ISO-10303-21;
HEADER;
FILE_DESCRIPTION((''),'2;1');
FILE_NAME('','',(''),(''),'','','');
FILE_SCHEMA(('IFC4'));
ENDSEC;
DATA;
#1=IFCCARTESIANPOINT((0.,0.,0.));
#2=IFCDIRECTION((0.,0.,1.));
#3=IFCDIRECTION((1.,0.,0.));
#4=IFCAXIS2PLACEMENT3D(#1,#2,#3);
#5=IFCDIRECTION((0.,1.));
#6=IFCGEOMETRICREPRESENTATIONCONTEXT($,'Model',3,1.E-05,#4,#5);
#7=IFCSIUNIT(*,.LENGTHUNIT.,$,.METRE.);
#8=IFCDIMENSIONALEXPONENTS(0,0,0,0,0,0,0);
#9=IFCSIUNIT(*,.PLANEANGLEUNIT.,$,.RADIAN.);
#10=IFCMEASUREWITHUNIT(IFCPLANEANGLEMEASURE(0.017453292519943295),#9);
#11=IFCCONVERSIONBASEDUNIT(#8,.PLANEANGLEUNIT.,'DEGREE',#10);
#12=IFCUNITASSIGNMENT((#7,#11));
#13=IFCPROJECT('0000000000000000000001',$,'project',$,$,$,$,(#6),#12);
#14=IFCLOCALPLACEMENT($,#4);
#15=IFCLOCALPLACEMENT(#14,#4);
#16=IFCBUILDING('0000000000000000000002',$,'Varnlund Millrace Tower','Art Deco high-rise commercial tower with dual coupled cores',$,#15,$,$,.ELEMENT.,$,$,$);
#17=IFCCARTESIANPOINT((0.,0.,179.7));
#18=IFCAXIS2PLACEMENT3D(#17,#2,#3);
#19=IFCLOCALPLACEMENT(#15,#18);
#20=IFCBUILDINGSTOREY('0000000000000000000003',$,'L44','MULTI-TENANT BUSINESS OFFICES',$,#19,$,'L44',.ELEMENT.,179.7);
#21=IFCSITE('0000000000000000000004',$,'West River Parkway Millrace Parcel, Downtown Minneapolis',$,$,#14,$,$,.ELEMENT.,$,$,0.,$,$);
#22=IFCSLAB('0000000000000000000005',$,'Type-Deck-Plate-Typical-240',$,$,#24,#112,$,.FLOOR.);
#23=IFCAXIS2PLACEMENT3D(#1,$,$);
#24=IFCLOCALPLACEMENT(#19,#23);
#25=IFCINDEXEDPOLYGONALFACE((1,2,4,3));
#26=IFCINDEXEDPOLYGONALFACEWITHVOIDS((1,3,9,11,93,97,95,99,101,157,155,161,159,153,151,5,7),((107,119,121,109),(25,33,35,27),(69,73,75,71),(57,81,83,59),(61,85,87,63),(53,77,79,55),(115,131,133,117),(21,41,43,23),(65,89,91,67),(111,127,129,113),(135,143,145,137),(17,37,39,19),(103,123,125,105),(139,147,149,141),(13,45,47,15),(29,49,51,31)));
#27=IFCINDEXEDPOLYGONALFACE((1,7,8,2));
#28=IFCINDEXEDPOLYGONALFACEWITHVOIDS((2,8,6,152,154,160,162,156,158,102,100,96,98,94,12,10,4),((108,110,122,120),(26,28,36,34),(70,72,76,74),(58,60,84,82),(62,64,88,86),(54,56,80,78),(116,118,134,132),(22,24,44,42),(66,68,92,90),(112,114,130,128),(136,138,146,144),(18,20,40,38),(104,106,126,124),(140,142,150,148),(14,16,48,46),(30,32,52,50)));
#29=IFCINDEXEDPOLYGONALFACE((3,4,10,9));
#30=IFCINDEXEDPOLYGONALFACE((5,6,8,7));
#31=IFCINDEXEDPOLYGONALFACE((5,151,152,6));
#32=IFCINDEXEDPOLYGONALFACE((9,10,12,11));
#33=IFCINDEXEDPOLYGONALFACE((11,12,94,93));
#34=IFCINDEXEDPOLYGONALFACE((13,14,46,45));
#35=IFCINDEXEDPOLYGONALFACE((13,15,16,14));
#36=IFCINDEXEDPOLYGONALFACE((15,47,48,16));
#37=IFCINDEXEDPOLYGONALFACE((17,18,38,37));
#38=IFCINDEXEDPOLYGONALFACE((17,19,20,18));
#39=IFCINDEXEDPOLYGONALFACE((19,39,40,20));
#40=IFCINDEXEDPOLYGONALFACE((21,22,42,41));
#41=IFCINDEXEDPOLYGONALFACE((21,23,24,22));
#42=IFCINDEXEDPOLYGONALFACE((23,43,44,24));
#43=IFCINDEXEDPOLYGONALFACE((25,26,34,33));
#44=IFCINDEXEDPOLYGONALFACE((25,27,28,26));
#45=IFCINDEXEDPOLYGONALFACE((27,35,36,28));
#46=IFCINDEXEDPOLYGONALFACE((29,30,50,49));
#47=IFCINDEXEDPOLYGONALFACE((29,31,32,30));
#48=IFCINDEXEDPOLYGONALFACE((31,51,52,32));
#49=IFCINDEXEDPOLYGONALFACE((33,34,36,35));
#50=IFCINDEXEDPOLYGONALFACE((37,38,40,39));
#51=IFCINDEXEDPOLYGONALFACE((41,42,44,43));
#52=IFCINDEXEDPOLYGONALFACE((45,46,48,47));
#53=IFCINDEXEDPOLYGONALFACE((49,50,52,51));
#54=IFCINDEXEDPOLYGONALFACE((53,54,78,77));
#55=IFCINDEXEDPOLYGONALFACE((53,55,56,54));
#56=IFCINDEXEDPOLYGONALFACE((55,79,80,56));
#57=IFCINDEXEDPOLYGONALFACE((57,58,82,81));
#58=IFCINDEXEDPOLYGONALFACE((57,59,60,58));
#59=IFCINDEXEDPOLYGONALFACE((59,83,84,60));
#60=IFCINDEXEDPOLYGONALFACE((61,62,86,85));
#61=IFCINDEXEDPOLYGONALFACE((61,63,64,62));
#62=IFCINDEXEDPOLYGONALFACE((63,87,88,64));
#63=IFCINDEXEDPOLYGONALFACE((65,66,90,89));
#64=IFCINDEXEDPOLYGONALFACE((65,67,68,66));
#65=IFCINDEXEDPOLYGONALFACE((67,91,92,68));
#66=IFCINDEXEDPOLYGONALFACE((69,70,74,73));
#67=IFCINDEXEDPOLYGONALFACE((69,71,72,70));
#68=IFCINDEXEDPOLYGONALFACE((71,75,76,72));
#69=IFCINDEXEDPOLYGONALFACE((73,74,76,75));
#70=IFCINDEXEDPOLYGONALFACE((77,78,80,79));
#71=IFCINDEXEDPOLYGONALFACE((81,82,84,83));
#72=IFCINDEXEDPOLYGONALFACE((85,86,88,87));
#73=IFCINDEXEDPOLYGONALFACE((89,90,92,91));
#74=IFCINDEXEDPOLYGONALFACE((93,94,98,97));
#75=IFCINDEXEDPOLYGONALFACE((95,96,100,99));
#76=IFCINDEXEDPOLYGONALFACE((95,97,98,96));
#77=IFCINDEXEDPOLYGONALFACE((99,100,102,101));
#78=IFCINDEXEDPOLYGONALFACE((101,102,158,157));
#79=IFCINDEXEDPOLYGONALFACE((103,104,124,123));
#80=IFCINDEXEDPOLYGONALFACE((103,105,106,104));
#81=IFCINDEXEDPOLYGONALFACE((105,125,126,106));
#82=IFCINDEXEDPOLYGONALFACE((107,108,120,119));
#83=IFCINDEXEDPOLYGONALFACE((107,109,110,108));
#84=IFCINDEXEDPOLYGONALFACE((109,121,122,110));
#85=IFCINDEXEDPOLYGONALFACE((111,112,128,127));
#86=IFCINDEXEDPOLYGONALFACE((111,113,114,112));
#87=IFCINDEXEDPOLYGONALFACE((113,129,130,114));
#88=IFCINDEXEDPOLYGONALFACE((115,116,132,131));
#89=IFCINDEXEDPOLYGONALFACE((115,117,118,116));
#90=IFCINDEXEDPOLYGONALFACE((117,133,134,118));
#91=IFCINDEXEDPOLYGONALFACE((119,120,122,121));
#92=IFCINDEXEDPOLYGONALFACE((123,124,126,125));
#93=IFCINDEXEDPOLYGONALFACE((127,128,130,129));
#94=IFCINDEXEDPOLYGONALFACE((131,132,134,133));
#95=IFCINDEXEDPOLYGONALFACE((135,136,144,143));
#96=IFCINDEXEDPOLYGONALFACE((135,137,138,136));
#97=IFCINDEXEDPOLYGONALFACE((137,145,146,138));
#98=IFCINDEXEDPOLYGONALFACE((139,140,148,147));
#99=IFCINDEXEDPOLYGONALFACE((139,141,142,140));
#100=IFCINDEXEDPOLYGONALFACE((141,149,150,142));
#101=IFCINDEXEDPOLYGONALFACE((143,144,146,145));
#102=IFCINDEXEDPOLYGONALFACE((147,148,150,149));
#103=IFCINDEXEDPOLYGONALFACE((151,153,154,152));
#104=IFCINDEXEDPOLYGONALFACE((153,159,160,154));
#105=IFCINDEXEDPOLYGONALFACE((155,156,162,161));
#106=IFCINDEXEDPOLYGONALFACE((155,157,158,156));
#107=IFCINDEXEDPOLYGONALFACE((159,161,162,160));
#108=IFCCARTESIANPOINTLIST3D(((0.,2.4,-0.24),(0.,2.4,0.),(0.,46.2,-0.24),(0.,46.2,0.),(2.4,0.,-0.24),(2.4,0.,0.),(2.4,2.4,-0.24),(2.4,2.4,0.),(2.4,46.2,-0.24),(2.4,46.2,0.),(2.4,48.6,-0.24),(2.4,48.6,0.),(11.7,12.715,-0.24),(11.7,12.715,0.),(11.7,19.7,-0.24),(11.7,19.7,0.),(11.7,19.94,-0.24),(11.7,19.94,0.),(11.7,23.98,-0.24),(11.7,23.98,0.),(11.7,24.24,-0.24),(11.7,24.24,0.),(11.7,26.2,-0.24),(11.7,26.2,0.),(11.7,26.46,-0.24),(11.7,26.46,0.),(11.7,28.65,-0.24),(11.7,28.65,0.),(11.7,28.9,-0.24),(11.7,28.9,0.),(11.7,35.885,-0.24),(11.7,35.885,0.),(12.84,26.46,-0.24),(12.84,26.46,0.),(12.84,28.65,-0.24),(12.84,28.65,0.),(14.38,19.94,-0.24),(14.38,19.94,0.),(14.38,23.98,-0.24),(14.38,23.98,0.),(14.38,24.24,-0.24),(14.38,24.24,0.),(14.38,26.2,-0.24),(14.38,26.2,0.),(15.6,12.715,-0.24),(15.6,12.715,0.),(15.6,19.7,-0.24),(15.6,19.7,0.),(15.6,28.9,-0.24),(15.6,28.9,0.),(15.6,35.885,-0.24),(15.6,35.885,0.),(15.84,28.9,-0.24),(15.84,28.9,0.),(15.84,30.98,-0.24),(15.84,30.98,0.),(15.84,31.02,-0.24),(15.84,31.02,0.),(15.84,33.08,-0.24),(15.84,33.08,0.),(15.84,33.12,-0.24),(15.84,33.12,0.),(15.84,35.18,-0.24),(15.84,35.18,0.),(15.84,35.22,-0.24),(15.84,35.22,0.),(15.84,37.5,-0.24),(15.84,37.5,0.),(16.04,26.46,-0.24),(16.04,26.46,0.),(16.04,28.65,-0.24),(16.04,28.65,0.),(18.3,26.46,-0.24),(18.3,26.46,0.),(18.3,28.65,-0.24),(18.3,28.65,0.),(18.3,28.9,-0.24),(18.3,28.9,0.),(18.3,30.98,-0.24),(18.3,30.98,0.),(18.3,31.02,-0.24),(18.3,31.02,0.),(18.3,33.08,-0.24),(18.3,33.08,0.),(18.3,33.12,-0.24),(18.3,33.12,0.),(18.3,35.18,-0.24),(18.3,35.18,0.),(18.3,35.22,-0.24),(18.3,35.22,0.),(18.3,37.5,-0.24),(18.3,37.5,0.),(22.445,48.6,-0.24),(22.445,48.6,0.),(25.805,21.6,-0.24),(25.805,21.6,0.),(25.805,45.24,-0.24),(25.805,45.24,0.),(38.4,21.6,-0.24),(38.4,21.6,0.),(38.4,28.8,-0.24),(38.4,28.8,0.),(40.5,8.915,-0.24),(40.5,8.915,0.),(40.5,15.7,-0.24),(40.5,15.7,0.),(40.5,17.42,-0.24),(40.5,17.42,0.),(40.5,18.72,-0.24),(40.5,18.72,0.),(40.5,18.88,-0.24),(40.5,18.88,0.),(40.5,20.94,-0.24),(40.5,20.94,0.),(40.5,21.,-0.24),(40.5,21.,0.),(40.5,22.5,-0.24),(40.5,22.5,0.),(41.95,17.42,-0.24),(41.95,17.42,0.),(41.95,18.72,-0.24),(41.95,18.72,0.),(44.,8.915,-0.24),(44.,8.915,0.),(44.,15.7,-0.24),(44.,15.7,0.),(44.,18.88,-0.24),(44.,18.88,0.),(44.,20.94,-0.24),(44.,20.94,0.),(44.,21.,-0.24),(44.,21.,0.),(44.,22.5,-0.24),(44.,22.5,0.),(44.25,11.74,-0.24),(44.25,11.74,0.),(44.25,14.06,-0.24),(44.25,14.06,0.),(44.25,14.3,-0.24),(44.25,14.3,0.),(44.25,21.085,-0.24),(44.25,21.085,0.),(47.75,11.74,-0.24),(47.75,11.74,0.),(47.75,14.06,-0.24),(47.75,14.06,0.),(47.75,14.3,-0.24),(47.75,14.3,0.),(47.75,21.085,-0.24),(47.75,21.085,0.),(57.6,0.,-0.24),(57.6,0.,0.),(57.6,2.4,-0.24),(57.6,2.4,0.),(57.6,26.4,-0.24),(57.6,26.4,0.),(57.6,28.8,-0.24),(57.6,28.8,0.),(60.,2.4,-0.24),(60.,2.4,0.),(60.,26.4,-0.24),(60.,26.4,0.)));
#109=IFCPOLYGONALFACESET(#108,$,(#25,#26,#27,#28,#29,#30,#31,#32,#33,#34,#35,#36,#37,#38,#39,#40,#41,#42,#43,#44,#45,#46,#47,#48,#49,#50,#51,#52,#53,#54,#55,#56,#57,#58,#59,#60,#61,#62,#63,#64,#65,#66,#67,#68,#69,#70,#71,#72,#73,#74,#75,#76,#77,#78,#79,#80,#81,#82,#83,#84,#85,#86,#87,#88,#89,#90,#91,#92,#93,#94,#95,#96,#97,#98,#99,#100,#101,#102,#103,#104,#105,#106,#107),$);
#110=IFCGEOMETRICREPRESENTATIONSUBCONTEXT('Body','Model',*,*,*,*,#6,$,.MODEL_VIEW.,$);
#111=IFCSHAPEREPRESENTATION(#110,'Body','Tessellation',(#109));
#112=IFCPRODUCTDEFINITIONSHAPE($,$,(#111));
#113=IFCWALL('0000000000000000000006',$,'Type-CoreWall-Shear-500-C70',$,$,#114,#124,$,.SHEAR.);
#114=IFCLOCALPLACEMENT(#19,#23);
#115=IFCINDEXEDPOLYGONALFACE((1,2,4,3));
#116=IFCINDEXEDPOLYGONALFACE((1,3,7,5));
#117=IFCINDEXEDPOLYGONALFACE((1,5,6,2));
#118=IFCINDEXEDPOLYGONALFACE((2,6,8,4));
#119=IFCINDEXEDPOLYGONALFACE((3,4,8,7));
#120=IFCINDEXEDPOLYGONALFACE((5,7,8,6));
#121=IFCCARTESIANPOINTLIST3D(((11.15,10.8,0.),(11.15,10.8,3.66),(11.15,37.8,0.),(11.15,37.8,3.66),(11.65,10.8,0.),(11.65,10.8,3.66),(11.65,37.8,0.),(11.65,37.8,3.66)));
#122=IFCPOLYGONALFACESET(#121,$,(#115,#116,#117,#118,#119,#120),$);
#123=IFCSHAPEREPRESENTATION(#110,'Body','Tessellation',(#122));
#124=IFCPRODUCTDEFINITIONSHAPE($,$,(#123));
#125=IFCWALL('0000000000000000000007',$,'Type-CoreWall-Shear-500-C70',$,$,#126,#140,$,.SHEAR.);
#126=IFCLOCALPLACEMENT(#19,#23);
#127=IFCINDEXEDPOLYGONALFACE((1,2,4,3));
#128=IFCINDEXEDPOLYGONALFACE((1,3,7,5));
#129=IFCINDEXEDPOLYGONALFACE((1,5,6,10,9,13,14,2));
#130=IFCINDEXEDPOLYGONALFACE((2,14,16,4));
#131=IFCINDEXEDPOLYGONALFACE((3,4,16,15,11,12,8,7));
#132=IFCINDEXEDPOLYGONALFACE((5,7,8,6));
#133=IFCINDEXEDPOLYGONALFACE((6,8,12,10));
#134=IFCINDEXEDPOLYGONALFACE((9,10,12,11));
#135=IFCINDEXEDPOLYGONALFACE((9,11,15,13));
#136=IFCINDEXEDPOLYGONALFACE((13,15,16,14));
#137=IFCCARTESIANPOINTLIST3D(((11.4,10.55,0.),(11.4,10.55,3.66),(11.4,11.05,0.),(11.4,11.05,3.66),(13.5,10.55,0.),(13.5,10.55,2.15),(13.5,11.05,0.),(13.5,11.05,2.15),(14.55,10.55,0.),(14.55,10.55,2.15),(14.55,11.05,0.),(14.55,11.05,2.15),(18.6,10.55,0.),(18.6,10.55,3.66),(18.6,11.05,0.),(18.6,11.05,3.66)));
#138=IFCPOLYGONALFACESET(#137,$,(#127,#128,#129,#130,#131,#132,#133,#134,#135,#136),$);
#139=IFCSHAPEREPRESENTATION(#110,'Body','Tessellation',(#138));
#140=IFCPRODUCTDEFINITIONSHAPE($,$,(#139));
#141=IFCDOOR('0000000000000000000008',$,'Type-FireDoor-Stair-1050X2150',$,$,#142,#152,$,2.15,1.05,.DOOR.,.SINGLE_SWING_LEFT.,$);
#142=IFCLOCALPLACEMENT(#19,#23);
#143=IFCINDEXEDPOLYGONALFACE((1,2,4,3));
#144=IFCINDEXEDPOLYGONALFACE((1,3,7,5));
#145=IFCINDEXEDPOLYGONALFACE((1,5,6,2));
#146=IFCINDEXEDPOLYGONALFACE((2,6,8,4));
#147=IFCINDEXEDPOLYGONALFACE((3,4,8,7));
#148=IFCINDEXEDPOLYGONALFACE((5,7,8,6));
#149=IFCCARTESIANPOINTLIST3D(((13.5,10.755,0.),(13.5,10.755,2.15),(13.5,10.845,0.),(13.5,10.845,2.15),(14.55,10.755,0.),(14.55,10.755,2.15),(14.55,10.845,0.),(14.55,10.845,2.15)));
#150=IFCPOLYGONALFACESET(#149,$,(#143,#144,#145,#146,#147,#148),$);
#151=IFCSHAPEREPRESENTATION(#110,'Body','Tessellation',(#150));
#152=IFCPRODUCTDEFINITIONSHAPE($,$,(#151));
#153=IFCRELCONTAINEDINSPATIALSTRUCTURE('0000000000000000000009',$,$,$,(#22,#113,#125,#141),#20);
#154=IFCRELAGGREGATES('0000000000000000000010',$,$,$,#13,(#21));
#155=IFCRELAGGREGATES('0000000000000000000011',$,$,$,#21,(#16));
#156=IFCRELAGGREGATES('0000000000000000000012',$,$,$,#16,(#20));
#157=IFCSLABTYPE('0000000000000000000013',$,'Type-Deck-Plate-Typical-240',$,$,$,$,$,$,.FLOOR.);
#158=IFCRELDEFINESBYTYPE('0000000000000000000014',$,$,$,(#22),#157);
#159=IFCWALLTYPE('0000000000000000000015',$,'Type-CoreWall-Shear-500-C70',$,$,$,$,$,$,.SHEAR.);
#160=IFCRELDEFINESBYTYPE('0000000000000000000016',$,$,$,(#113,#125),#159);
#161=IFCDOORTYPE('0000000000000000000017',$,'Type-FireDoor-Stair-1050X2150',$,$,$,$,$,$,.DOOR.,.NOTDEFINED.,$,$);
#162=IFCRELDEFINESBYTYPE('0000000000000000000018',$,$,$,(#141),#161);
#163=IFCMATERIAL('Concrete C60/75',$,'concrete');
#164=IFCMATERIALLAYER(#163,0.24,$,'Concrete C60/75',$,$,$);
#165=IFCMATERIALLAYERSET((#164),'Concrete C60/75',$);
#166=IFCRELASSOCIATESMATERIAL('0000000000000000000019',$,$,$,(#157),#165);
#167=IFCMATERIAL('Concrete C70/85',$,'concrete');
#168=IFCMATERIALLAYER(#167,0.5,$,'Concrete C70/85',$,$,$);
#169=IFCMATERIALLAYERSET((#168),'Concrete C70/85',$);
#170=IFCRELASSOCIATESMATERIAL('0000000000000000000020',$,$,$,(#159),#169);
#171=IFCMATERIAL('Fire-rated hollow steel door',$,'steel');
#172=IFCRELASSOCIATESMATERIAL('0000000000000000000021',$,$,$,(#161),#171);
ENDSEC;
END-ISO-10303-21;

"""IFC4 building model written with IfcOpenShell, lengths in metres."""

from ifc_helpers import new_model, entity, si_unit, converted_unit, direction, frame, origin_with_axes, origin_2d_with_axis, place, context, subcontext, project, spatial, polyline, rectangle, outline, extrude, material, layer, layer_set, type_object, element, fill, save


model = new_model("IFC4")

# Units and contexts
model_context = context("Model", 3, precision=1e-05, world=origin_with_axes(), true_north=direction((0.0, 1.0)))
body_context = subcontext(model_context, "Body", "Model", "MODEL_VIEW")
ifc_project = project(units=[si_unit("LENGTHUNIT", "METRE"), converted_unit("PLANEANGLEUNIT", "DEGREE", entity("IfcPlaneAngleMeasure", 0.017453292519943295), si_unit("PLANEANGLEUNIT", "RADIAN"), dimensions=[0, 0, 0, 0, 0, 0, 0])], contexts=[model_context])

# Site, building, storey
site_placement = place(None, origin_with_axes())
site = spatial("IfcSite", under=ifc_project, at=site_placement, Name="West River Parkway Millrace Parcel, Downtown Minneapolis", CompositionType="ELEMENT", RefElevation=0.0)
building_placement = place(site_placement, origin_with_axes())
building = spatial("IfcBuilding", under=site, at=building_placement, Name="Varnlund Millrace Tower", Description="Art Deco high-rise commercial tower with dual coupled cores", CompositionType="ELEMENT")
storey_placement = place(building_placement, frame((0.0, 0.0, 179.7), z_axis=(0.0, 0.0, 1.0), x_axis=(1.0, 0.0, 0.0)))
storey = spatial("IfcBuildingStorey", under=building, at=storey_placement, Name="L44", Description="MULTI-TENANT BUSINESS OFFICES", LongName="L44", CompositionType="ELEMENT", Elevation=179.7)

# Slab
ifc_material_1 = material(Name="Concrete C60/75", Category="concrete")
ifc_layer_1 = layer(ifc_material_1, 0.24, Name="Concrete C60/75")
ifc_layer_set_1 = layer_set([ifc_layer_1], Name="Concrete C60/75")
slab_type = type_object("IfcSlabType", Name="Type-Deck-Plate-Typical-240", PredefinedType="FLOOR", material=ifc_layer_set_1)
slab_placement = place(storey_placement, frame((0.0, 0.0, -0.24), z_axis=(0.0, 0.0, 1.0), x_axis=(1.0, 0.0, 0.0)))
element("IfcSlab", 1, at=slab_placement, inside=storey, type_object=slab_type, Name="Type-Deck-Plate-Typical-240", PredefinedType="FLOOR", context=body_context, shape_type="SweptSolid", body=[
    extrude(outline(polyline([(25.805, 21.6), (25.805, 45.24), (22.445, 48.6), (2.4, 48.6), (2.4, 46.2), (0.0, 46.2), (0.0, 2.4), (2.4, 2.4), (2.4, 0.0), (57.6, 0.0), (57.6, 2.4), (60.0, 2.4), (60.0, 26.4), (57.6, 26.4), (57.6, 28.8), (38.4, 28.8), (38.4, 21.6), (25.805, 21.6)]), holes=[polyline([(15.6, 12.715), (11.7, 12.715), (11.7, 19.7), (15.6, 19.7), (15.6, 12.715)]), polyline([(14.38, 23.98), (14.38, 19.94), (11.7, 19.94), (11.7, 23.98), (14.38, 23.98)]), polyline([(14.38, 24.24), (11.7, 24.24), (11.7, 26.2), (14.38, 26.2), (14.38, 24.24)]), polyline([(12.84, 26.46), (11.7, 26.46), (11.7, 28.65), (12.84, 28.65), (12.84, 26.46)]), polyline([(18.3, 28.9), (15.84, 28.9), (15.84, 30.98), (18.3, 30.98), (18.3, 28.9)]), polyline([(18.3, 31.02), (15.84, 31.02), (15.84, 33.08), (18.3, 33.08), (18.3, 31.02)]), polyline([(15.6, 28.9), (11.7, 28.9), (11.7, 35.885), (15.6, 35.885), (15.6, 28.9)]), polyline([(18.3, 33.12), (15.84, 33.12), (15.84, 35.18), (18.3, 35.18), (18.3, 33.12)]), polyline([(44.0, 8.915), (40.5, 8.915), (40.5, 15.7), (44.0, 15.7), (44.0, 8.915)]), polyline([(47.75, 11.74), (44.25, 11.74), (44.25, 14.06), (47.75, 14.06), (47.75, 11.74)]), polyline([(47.75, 14.3), (44.25, 14.3), (44.25, 21.085), (47.75, 21.085), (47.75, 14.3)]), polyline([(41.95, 17.42), (40.5, 17.42), (40.5, 18.72), (41.95, 18.72), (41.95, 17.42)]), polyline([(44.0, 18.88), (40.5, 18.88), (40.5, 20.94), (44.0, 20.94), (44.0, 18.88)]), polyline([(44.0, 21.0), (40.5, 21.0), (40.5, 22.5), (44.0, 22.5), (44.0, 21.0)]), polyline([(16.04, 26.46), (16.04, 28.65), (18.3, 28.65), (18.3, 26.46), (16.04, 26.46)]), polyline([(15.84, 35.22), (15.84, 37.5), (18.3, 37.5), (18.3, 35.22), (15.84, 35.22)])]), origin_with_axes(), (0.0, 0.0, 1.0), 0.24),
])

# Wall
ifc_material_2 = material(Name="Concrete C70/85", Category="concrete")
ifc_layer_2 = layer(ifc_material_2, 0.5, Name="Concrete C70/85")
ifc_layer_set_2 = layer_set([ifc_layer_2], Name="Concrete C70/85")
wall_type_1 = type_object("IfcWallType", Name="Type-CoreWall-Shear-500-C70", PredefinedType="SHEAR", material=ifc_layer_set_2)
wall_1_placement = place(storey_placement, frame((11.4, 10.8, 0.0), z_axis=(0.0, 0.0, 1.0), x_axis=(0.0, 1.0, 0.0)))
element("IfcWall", 2, at=wall_1_placement, inside=storey, type_object=wall_type_1, Name="Type-CoreWall-Shear-500-C70", PredefinedType="SHEAR", context=body_context, shape_type="SweptSolid", body=[
    extrude(outline(polyline([(0.0, -0.25), (27.0, -0.25), (27.0, 0.25), (0.0, 0.25), (0.0, -0.25)])), origin_with_axes(), (0.0, 0.0, 1.0), 3.66),
])

# Wall, opening, door
wall_2_placement = place(storey_placement, frame((11.4, 10.8, 0.0), z_axis=(0.0, 0.0, 1.0), x_axis=(1.0, 0.0, 0.0)))
wall_2 = element("IfcWall", 3, at=wall_2_placement, inside=storey, type_object=wall_type_1, Name="Type-CoreWall-Shear-500-C70", PredefinedType="SHEAR", context=body_context, shape_type="SweptSolid", body=[
    extrude(outline(polyline([(0.0, -0.25), (7.2, -0.25), (7.2, 0.25), (0.0, 0.25), (0.0, -0.25)])), origin_with_axes(), (0.0, 0.0, 1.0), 3.66),
])
opening_1_placement = place(wall_2_placement, frame((2.625, 0.0, 0.0), z_axis=(0.0, 0.0, 1.0), x_axis=(1.0, 0.0, 0.0)))
opening_1 = element("IfcOpeningElement", 4, at=opening_1_placement, cuts=wall_2, PredefinedType="OPENING", context=body_context, shape_type="SweptSolid", body=[
    extrude(rectangle(XDim=1.05, YDim=0.52, at=origin_2d_with_axis()), origin_with_axes(), (0.0, 0.0, 1.0), 2.15),
])
ifc_material_3 = material(Name="Fire-rated hollow steel door", Category="steel")
door_type_1 = type_object("IfcDoorType", Name="Type-FireDoor-Stair-1050X2150", OperationType="NOTDEFINED", PredefinedType="DOOR", material=ifc_material_3)
door_1_placement = place(wall_2_placement, frame((2.625, 0.0, 0.0), z_axis=(0.0, 0.0, 1.0), x_axis=(1.0, 0.0, 0.0)))
door_1 = element("IfcDoor", 5, at=door_1_placement, inside=storey, type_object=door_type_1, Name="Type-FireDoor-Stair-1050X2150", OperationType="SINGLE_SWING_LEFT", OverallHeight=2.15, OverallWidth=1.05, PredefinedType="DOOR", context=body_context, shape_type="SweptSolid", body=[
    extrude(rectangle(XDim=1.05, YDim=0.09, at=origin_2d_with_axis()), origin_with_axes(), (0.0, 0.0, 1.0), 2.15),
])
fill(opening_1, door_1)

save(model, "model.ifc")
